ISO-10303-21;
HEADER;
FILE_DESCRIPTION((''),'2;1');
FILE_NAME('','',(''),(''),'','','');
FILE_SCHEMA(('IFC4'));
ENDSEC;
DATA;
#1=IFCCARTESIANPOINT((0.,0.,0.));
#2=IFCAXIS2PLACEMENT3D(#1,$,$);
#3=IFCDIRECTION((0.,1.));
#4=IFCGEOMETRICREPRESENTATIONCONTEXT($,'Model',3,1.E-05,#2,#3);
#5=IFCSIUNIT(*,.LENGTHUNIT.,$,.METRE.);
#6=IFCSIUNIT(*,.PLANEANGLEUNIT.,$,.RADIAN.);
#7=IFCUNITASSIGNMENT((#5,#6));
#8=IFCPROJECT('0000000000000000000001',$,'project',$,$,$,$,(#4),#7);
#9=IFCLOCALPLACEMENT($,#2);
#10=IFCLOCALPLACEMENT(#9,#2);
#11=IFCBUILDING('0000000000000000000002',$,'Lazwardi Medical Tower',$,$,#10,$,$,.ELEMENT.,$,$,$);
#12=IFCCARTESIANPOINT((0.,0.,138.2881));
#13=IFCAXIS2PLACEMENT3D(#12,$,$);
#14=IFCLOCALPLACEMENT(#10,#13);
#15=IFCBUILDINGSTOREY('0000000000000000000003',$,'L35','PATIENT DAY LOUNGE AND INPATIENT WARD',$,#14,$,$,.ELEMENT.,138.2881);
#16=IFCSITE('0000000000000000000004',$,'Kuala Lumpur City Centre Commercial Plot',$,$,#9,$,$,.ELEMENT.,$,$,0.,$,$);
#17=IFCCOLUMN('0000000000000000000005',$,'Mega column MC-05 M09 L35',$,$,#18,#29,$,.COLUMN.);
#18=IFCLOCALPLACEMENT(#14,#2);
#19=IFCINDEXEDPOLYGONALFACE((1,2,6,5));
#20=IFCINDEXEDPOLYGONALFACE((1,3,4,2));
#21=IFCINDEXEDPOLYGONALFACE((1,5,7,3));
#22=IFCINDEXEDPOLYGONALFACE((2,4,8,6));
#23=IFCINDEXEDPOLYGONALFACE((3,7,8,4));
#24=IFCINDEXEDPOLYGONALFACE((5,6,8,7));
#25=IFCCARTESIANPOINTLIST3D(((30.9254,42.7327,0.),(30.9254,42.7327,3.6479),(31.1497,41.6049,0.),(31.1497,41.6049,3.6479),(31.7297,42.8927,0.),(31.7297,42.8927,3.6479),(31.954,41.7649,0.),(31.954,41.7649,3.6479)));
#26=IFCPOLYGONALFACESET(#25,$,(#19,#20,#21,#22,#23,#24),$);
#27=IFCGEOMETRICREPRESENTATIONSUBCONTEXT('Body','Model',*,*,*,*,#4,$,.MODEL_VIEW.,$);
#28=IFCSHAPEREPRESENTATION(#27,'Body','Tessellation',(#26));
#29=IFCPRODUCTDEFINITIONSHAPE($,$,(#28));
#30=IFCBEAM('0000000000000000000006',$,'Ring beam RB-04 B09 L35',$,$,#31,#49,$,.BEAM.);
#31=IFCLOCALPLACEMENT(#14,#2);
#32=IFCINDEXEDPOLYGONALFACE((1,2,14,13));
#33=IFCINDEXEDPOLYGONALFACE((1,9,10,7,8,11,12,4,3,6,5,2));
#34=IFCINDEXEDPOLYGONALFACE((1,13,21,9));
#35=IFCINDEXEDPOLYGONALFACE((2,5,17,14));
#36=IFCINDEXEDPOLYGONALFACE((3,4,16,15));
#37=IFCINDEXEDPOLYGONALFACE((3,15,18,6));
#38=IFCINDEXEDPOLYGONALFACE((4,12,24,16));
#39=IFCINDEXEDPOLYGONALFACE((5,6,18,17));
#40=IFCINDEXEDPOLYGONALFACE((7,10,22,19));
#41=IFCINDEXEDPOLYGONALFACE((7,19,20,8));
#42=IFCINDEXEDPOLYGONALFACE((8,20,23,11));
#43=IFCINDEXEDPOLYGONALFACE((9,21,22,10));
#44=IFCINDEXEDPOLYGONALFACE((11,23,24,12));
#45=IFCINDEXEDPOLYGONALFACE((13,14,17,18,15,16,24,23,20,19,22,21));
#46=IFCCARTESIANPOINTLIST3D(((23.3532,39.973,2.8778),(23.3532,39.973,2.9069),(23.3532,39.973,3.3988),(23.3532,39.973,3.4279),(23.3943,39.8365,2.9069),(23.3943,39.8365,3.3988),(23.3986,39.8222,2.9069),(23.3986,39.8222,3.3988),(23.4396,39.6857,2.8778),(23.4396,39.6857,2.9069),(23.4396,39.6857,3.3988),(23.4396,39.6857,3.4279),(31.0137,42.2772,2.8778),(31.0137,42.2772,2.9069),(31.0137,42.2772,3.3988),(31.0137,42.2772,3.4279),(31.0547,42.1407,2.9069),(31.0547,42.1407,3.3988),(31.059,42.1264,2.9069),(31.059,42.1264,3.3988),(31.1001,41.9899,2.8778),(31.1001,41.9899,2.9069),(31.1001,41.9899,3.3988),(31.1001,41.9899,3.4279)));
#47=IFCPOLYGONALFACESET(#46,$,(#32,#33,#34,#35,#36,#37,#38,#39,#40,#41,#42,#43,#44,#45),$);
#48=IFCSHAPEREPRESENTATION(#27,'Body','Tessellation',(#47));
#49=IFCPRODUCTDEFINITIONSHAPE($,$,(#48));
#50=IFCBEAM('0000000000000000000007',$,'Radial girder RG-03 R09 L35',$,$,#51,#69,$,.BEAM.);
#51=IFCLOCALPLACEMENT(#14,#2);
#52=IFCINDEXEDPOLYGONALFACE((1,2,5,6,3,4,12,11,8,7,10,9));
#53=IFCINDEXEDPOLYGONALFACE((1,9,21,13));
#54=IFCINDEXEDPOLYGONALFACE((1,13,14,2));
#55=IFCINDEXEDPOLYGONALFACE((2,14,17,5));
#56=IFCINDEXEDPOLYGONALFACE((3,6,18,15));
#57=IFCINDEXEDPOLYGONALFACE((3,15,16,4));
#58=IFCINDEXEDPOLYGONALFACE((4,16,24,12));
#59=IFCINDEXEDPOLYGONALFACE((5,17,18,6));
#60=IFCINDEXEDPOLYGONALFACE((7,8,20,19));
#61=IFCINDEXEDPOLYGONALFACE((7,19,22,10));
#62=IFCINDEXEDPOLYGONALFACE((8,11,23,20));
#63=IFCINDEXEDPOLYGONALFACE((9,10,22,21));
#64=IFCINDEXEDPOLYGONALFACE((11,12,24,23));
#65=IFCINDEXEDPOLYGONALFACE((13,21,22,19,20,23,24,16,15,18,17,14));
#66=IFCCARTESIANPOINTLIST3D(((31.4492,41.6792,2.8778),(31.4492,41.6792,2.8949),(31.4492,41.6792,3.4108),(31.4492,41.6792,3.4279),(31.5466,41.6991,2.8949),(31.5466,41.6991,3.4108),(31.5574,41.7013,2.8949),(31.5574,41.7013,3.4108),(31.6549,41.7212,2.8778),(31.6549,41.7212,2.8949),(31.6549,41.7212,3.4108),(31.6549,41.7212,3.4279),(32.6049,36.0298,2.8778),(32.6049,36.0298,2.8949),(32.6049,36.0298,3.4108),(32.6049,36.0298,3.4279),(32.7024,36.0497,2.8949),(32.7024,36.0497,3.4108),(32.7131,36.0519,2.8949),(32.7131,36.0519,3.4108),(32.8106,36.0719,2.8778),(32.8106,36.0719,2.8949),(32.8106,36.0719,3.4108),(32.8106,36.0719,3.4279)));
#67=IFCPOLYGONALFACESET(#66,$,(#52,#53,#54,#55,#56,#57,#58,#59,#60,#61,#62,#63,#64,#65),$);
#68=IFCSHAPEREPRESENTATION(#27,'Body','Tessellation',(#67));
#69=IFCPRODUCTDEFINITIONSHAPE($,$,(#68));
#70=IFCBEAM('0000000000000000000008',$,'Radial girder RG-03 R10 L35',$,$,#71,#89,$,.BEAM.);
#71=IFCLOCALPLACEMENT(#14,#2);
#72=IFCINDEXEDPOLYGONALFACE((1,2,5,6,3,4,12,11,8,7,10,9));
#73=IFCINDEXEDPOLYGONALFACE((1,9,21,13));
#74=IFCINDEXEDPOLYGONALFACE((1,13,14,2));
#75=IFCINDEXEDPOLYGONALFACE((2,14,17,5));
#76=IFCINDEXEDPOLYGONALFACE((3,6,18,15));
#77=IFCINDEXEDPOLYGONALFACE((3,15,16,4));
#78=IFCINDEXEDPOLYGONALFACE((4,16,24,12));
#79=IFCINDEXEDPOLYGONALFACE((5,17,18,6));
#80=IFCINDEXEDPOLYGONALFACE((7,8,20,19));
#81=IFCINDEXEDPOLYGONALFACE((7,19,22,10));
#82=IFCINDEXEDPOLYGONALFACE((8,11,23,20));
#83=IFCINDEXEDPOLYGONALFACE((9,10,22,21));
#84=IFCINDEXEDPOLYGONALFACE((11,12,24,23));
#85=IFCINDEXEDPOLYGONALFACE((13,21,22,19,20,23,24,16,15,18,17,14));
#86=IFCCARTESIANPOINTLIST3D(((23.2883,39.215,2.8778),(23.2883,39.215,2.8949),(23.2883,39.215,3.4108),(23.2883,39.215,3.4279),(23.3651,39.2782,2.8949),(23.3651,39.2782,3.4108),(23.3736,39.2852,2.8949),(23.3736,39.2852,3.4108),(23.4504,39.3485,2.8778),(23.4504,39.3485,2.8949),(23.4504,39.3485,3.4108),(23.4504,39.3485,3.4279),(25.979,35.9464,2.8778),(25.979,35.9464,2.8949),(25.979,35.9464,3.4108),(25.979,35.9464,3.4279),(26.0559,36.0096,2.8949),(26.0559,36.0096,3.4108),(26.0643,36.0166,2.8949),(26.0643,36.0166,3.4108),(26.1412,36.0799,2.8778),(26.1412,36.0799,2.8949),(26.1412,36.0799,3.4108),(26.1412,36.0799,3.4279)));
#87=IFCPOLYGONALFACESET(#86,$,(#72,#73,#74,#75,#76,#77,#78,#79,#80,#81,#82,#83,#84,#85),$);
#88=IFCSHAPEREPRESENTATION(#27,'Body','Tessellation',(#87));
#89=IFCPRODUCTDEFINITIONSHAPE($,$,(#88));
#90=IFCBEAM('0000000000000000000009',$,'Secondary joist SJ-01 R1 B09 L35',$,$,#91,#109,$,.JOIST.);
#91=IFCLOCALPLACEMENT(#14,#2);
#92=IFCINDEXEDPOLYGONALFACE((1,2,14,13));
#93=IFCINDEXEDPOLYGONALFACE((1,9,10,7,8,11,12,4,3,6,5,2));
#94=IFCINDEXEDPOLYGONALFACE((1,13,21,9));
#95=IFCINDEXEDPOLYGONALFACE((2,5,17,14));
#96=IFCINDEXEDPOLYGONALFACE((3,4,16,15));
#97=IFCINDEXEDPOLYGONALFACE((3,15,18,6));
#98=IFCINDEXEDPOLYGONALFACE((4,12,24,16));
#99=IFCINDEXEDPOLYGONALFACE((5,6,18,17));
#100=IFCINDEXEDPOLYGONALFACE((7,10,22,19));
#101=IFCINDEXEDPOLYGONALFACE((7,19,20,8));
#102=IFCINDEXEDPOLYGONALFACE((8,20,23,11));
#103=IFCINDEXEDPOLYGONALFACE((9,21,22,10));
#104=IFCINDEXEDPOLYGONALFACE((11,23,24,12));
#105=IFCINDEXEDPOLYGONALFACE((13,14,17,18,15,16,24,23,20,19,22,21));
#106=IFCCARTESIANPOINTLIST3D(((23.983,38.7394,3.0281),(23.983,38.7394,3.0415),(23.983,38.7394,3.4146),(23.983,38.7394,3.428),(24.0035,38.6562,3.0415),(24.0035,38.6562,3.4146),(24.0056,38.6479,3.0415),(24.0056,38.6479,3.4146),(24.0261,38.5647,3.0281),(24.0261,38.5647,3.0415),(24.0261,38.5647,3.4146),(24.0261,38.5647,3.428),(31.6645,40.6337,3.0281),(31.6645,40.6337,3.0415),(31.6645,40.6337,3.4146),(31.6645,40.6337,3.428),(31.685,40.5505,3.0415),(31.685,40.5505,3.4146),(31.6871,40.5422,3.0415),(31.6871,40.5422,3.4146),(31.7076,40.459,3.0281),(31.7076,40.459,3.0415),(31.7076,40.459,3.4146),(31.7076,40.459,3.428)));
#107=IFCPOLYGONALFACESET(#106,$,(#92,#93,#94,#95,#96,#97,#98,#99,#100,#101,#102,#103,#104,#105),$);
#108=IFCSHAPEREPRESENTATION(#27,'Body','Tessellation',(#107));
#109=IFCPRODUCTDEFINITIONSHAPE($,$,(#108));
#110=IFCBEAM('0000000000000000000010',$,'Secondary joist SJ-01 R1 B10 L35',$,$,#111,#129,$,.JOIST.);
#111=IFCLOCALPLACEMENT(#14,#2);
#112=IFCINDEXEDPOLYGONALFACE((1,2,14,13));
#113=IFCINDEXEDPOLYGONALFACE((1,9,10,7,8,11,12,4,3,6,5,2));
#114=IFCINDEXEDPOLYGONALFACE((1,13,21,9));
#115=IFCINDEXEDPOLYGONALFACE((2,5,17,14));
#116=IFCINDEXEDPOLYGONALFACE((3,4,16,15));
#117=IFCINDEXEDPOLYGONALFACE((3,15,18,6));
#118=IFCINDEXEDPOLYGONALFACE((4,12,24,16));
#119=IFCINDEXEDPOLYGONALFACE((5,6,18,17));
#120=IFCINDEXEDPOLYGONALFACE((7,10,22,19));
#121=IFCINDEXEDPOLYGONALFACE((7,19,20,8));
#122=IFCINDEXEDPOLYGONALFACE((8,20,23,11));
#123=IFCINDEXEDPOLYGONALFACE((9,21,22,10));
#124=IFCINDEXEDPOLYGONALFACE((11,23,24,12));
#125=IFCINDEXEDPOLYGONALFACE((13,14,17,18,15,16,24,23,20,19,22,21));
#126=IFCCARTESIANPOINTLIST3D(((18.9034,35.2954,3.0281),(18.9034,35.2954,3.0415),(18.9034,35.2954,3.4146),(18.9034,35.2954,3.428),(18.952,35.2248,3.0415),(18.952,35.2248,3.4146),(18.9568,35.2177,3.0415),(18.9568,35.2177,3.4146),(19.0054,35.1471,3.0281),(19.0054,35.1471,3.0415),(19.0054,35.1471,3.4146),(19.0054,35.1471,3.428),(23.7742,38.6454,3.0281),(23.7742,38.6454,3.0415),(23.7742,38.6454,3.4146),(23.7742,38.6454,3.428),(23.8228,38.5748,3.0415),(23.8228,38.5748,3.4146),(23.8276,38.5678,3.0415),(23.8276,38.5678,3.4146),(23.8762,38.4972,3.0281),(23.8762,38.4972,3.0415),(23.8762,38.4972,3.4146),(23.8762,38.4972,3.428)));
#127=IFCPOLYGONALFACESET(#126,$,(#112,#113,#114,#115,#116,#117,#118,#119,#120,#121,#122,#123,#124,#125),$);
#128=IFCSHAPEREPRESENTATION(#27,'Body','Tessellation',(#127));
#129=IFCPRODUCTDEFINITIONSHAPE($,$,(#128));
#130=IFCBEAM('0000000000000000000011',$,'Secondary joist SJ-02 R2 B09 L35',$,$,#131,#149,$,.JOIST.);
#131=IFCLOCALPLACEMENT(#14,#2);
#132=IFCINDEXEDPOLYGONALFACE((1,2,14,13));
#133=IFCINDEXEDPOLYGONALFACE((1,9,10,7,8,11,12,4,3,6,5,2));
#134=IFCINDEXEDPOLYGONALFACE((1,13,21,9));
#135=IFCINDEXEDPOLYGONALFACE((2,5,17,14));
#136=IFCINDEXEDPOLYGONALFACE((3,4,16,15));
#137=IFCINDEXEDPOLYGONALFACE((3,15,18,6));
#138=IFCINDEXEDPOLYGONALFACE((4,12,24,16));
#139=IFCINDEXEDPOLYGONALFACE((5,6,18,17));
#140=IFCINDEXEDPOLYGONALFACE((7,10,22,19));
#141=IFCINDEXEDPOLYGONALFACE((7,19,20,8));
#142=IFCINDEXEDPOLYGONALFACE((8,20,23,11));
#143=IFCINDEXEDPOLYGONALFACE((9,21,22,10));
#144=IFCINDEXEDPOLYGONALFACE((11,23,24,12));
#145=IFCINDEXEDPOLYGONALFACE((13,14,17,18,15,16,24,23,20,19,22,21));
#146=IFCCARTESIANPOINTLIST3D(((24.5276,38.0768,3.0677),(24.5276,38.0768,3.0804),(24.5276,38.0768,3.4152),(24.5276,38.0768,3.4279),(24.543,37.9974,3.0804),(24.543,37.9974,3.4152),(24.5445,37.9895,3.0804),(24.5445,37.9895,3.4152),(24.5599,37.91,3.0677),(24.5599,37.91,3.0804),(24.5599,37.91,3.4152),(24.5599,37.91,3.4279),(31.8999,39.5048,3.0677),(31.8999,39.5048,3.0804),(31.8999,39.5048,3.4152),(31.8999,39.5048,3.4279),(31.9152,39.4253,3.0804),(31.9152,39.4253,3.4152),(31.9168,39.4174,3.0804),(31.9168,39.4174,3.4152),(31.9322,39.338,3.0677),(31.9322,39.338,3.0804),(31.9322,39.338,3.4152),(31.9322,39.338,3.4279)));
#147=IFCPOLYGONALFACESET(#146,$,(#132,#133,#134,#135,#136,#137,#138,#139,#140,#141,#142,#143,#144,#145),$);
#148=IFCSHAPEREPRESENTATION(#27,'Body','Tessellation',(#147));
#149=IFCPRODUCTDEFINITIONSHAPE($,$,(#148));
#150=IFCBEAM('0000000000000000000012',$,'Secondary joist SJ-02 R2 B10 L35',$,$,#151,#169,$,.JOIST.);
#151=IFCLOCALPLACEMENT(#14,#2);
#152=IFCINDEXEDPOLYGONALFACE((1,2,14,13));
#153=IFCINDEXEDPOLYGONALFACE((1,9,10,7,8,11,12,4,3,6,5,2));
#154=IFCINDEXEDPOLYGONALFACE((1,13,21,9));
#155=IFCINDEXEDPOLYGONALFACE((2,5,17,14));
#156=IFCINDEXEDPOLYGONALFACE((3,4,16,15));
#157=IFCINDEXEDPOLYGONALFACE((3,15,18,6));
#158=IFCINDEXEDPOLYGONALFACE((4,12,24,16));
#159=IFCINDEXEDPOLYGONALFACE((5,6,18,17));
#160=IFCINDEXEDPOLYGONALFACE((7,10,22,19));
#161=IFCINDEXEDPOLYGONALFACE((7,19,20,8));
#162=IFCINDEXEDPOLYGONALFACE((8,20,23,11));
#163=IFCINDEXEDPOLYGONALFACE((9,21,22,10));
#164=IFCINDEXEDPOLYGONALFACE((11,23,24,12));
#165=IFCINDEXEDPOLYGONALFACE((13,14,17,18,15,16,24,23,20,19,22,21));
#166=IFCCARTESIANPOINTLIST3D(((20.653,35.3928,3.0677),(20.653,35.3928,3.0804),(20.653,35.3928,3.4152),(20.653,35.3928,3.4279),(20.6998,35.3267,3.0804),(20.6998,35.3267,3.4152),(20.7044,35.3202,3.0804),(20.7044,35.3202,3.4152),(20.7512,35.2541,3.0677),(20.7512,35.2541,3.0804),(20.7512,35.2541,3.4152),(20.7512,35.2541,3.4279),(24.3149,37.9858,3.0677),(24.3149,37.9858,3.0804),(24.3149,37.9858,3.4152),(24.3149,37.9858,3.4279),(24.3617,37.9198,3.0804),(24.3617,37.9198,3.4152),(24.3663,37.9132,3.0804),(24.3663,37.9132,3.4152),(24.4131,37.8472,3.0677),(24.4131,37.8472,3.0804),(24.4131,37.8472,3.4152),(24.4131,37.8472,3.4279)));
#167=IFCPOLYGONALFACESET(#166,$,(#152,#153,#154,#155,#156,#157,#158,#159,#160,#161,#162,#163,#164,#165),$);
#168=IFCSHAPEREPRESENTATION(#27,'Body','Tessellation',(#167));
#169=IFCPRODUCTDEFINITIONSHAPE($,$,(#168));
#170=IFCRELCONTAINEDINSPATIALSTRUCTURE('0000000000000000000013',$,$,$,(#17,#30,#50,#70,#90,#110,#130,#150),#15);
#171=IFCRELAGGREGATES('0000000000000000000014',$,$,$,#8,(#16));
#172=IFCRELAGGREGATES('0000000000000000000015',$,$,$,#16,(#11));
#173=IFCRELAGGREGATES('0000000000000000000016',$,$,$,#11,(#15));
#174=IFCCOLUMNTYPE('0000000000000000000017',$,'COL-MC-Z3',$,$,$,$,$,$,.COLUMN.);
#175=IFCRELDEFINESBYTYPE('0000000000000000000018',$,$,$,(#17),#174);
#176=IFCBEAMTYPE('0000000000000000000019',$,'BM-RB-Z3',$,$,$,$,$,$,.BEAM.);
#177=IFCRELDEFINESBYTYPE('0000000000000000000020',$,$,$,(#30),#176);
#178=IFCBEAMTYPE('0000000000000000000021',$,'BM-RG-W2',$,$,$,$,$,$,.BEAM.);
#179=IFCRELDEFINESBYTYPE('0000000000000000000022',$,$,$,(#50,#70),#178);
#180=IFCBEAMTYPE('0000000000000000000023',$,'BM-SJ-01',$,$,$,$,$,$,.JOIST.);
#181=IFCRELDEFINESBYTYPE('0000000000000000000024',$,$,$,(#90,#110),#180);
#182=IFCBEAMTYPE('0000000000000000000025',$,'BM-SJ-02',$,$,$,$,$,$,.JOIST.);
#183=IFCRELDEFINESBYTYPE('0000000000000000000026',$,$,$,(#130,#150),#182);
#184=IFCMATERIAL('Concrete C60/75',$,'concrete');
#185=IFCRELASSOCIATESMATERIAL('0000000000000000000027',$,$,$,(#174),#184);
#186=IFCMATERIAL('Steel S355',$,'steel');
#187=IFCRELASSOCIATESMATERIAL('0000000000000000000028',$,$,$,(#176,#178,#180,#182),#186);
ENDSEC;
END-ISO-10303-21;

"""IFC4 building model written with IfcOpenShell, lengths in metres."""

from ifc_helpers import new_model, si_unit, direction, frame, origin, origin_2d, place, context, subcontext, project, spatial, rectangle, i_section, extrude, material, material_profile, profile_set, type_object, element, save


model = new_model("IFC4")

# Units and contexts
model_context = context("Model", 3, precision=1e-05, world=origin(), true_north=direction((0.0, 1.0)))
body_context = subcontext(model_context, "Body", "Model", "MODEL_VIEW")
ifc_project = project(units=[si_unit("LENGTHUNIT", "METRE"), si_unit("PLANEANGLEUNIT", "RADIAN")], contexts=[model_context])

# Site, building, storey
site_placement = place(None, origin())
site = spatial("IfcSite", under=ifc_project, at=site_placement, Name="Kuala Lumpur City Centre Commercial Plot", CompositionType="ELEMENT", RefElevation=0.0)
building_placement = place(site_placement, origin())
building = spatial("IfcBuilding", under=site, at=building_placement, Name="Lazwardi Medical Tower", CompositionType="ELEMENT")
storey_placement = place(building_placement, frame((0.0, 0.0, 138.2881)))
storey = spatial("IfcBuildingStorey", under=building, at=storey_placement, Name="L35", Description="PATIENT DAY LOUNGE AND INPATIENT WARD", CompositionType="ELEMENT", Elevation=138.2881)

# Column
ifc_material_1 = material(Name="Concrete C60/75", Category="concrete")
ifc_material_profile_1 = material_profile(ifc_material_1, rectangle(XDim=1.1499, YDim=0.8201, at=origin_2d()), Name="CFT-RECT 1150x820")
ifc_profile_set_1 = profile_set([ifc_material_profile_1], Name="Concrete C60/75")
column_type = type_object("IfcColumnType", Name="COL-MC-Z3", PredefinedType="COLUMN", material=ifc_profile_set_1)
column_placement = place(storey_placement, frame((31.4397, 42.2488, 0.0), z_axis=(0.0, 0.0, 1.0), x_axis=(-0.19509, 0.980785, 0.0)))
element("IfcColumn", 1, at=column_placement, inside=storey, type_object=column_type, Name="Mega column MC-05 M09 L35", PredefinedType="COLUMN", context=body_context, shape_type="SweptSolid", body=[
    extrude(rectangle(XDim=1.1499, YDim=0.8201, at=origin_2d()), origin(), (0.0, 0.0, 1.0), 3.6479),
])

# Beams
ifc_material_2 = material(Name="Steel S355", Category="steel")
ifc_material_profile_2 = material_profile(ifc_material_2, i_section(OverallWidth=0.3, OverallDepth=0.55, WebThickness=0.0149, FlangeThickness=0.0291, at=origin_2d()), Name="HEB 550")
ifc_profile_set_2 = profile_set([ifc_material_profile_2], Name="Steel S355")
beam_type_1 = type_object("IfcBeamType", Name="BM-RB-Z3", PredefinedType="BEAM", material=ifc_profile_set_2)
beam_1_placement = place(storey_placement, frame((31.0569, 42.1335, 3.1528), z_axis=(-0.957617, -0.288045, 0.0), x_axis=(0.288045, -0.957617, 0.0)))
element("IfcBeam", 2, at=beam_1_placement, inside=storey, type_object=beam_type_1, Name="Ring beam RB-04 B09 L35", PredefinedType="BEAM", context=body_context, shape_type="SweptSolid", body=[
    extrude(i_section(OverallWidth=0.3, OverallDepth=0.55, WebThickness=0.0149, FlangeThickness=0.0291, at=origin_2d()), origin(), (0.0, 0.0, 1.0), 7.9995),
])
ifc_material_profile_3 = material_profile(ifc_material_2, i_section(OverallWidth=0.21, OverallDepth=0.55, WebThickness=0.011, FlangeThickness=0.0171, at=origin_2d()), Name="IPE 550")
ifc_profile_set_3 = profile_set([ifc_material_profile_3], Name="Steel S355")
beam_type_2 = type_object("IfcBeamType", Name="BM-RG-W2", PredefinedType="BEAM", material=ifc_profile_set_3)
beam_2_placement = place(storey_placement, frame((31.552, 41.7002, 3.1528), z_axis=(0.200429, -0.979708, 0.0), x_axis=(0.979708, 0.200429, 0.0)))
element("IfcBeam", 3, at=beam_2_placement, inside=storey, type_object=beam_type_2, Name="Radial girder RG-03 R09 L35", PredefinedType="BEAM", context=body_context, shape_type="SweptSolid", body=[
    extrude(i_section(OverallWidth=0.21, OverallDepth=0.55, WebThickness=0.011, FlangeThickness=0.0171, at=origin_2d()), origin(), (0.0, 0.0, 1.0), 5.7664),
])
beam_3_placement = place(storey_placement, frame((23.3694, 39.2817, 3.1528), z_axis=(0.635556, -0.772055, 0.0), x_axis=(0.772055, 0.635556, 0.0)))
element("IfcBeam", 4, at=beam_3_placement, inside=storey, type_object=beam_type_2, Name="Radial girder RG-03 R10 L35", PredefinedType="BEAM", context=body_context, shape_type="SweptSolid", body=[
    extrude(i_section(OverallWidth=0.21, OverallDepth=0.55, WebThickness=0.011, FlangeThickness=0.0171, at=origin_2d()), origin(), (0.0, 0.0, 1.0), 4.2336),
])
ifc_material_profile_4 = material_profile(ifc_material_2, i_section(OverallWidth=0.1799, OverallDepth=0.3999, WebThickness=0.0085, FlangeThickness=0.0134, at=origin_2d()), Name="IPE 400")
ifc_profile_set_4 = profile_set([ifc_material_profile_4], Name="Steel S355")
beam_type_3 = type_object("IfcBeamType", Name="BM-SJ-01", PredefinedType="JOIST", material=ifc_profile_set_4)
beam_4_placement = place(storey_placement, frame((31.686, 40.5464, 3.228), z_axis=(-0.970913, -0.239434, 0.0), x_axis=(0.239434, -0.970913, 0.0)))
element("IfcBeam", 5, at=beam_4_placement, inside=storey, type_object=beam_type_3, Name="Secondary joist SJ-01 R1 B09 L35", PredefinedType="JOIST", context=body_context, shape_type="SweptSolid", body=[
    extrude(i_section(OverallWidth=0.1799, OverallDepth=0.3999, WebThickness=0.0085, FlangeThickness=0.0134, at=origin_2d()), origin(), (0.0, 0.0, 1.0), 7.9116),
])
beam_5_placement = place(storey_placement, frame((23.8252, 38.5713, 3.228), z_axis=(-0.823932, -0.566688, 0.0), x_axis=(0.566688, -0.823932, 0.0)))
element("IfcBeam", 6, at=beam_5_placement, inside=storey, type_object=beam_type_3, Name="Secondary joist SJ-01 R1 B10 L35", PredefinedType="JOIST", context=body_context, shape_type="SweptSolid", body=[
    extrude(i_section(OverallWidth=0.1799, OverallDepth=0.3999, WebThickness=0.0085, FlangeThickness=0.0134, at=origin_2d()), origin(), (0.0, 0.0, 1.0), 5.9116),
])
ifc_material_profile_5 = material_profile(ifc_material_2, i_section(OverallWidth=0.1699, OverallDepth=0.3601, WebThickness=0.0081, FlangeThickness=0.0127, at=origin_2d()), Name="IPE 360")
ifc_profile_set_5 = profile_set([ifc_material_profile_5], Name="Steel S355")
beam_type_4 = type_object("IfcBeamType", Name="BM-SJ-02", PredefinedType="JOIST", material=ifc_profile_set_5)
beam_6_placement = place(storey_placement, frame((31.916, 39.4214, 3.2478), z_axis=(-0.981753, -0.19016, 0.0), x_axis=(0.19016, -0.981753, 0.0)))
element("IfcBeam", 7, at=beam_6_placement, inside=storey, type_object=beam_type_4, Name="Secondary joist SJ-02 R2 B09 L35", PredefinedType="JOIST", context=body_context, shape_type="SweptSolid", body=[
    extrude(i_section(OverallWidth=0.1699, OverallDepth=0.3601, WebThickness=0.0081, FlangeThickness=0.0127, at=origin_2d()), origin(), (0.0, 0.0, 1.0), 7.5093),
])
beam_7_placement = place(storey_placement, frame((24.364, 37.9165, 3.2478), z_axis=(-0.816109, -0.577898, 0.0), x_axis=(0.577898, -0.816109, 0.0)))
element("IfcBeam", 8, at=beam_7_placement, inside=storey, type_object=beam_type_4, Name="Secondary joist SJ-02 R2 B10 L35", PredefinedType="JOIST", context=body_context, shape_type="SweptSolid", body=[
    extrude(i_section(OverallWidth=0.1699, OverallDepth=0.3601, WebThickness=0.0081, FlangeThickness=0.0127, at=origin_2d()), origin(), (0.0, 0.0, 1.0), 4.4871),
])

save(model, "model.ifc")
